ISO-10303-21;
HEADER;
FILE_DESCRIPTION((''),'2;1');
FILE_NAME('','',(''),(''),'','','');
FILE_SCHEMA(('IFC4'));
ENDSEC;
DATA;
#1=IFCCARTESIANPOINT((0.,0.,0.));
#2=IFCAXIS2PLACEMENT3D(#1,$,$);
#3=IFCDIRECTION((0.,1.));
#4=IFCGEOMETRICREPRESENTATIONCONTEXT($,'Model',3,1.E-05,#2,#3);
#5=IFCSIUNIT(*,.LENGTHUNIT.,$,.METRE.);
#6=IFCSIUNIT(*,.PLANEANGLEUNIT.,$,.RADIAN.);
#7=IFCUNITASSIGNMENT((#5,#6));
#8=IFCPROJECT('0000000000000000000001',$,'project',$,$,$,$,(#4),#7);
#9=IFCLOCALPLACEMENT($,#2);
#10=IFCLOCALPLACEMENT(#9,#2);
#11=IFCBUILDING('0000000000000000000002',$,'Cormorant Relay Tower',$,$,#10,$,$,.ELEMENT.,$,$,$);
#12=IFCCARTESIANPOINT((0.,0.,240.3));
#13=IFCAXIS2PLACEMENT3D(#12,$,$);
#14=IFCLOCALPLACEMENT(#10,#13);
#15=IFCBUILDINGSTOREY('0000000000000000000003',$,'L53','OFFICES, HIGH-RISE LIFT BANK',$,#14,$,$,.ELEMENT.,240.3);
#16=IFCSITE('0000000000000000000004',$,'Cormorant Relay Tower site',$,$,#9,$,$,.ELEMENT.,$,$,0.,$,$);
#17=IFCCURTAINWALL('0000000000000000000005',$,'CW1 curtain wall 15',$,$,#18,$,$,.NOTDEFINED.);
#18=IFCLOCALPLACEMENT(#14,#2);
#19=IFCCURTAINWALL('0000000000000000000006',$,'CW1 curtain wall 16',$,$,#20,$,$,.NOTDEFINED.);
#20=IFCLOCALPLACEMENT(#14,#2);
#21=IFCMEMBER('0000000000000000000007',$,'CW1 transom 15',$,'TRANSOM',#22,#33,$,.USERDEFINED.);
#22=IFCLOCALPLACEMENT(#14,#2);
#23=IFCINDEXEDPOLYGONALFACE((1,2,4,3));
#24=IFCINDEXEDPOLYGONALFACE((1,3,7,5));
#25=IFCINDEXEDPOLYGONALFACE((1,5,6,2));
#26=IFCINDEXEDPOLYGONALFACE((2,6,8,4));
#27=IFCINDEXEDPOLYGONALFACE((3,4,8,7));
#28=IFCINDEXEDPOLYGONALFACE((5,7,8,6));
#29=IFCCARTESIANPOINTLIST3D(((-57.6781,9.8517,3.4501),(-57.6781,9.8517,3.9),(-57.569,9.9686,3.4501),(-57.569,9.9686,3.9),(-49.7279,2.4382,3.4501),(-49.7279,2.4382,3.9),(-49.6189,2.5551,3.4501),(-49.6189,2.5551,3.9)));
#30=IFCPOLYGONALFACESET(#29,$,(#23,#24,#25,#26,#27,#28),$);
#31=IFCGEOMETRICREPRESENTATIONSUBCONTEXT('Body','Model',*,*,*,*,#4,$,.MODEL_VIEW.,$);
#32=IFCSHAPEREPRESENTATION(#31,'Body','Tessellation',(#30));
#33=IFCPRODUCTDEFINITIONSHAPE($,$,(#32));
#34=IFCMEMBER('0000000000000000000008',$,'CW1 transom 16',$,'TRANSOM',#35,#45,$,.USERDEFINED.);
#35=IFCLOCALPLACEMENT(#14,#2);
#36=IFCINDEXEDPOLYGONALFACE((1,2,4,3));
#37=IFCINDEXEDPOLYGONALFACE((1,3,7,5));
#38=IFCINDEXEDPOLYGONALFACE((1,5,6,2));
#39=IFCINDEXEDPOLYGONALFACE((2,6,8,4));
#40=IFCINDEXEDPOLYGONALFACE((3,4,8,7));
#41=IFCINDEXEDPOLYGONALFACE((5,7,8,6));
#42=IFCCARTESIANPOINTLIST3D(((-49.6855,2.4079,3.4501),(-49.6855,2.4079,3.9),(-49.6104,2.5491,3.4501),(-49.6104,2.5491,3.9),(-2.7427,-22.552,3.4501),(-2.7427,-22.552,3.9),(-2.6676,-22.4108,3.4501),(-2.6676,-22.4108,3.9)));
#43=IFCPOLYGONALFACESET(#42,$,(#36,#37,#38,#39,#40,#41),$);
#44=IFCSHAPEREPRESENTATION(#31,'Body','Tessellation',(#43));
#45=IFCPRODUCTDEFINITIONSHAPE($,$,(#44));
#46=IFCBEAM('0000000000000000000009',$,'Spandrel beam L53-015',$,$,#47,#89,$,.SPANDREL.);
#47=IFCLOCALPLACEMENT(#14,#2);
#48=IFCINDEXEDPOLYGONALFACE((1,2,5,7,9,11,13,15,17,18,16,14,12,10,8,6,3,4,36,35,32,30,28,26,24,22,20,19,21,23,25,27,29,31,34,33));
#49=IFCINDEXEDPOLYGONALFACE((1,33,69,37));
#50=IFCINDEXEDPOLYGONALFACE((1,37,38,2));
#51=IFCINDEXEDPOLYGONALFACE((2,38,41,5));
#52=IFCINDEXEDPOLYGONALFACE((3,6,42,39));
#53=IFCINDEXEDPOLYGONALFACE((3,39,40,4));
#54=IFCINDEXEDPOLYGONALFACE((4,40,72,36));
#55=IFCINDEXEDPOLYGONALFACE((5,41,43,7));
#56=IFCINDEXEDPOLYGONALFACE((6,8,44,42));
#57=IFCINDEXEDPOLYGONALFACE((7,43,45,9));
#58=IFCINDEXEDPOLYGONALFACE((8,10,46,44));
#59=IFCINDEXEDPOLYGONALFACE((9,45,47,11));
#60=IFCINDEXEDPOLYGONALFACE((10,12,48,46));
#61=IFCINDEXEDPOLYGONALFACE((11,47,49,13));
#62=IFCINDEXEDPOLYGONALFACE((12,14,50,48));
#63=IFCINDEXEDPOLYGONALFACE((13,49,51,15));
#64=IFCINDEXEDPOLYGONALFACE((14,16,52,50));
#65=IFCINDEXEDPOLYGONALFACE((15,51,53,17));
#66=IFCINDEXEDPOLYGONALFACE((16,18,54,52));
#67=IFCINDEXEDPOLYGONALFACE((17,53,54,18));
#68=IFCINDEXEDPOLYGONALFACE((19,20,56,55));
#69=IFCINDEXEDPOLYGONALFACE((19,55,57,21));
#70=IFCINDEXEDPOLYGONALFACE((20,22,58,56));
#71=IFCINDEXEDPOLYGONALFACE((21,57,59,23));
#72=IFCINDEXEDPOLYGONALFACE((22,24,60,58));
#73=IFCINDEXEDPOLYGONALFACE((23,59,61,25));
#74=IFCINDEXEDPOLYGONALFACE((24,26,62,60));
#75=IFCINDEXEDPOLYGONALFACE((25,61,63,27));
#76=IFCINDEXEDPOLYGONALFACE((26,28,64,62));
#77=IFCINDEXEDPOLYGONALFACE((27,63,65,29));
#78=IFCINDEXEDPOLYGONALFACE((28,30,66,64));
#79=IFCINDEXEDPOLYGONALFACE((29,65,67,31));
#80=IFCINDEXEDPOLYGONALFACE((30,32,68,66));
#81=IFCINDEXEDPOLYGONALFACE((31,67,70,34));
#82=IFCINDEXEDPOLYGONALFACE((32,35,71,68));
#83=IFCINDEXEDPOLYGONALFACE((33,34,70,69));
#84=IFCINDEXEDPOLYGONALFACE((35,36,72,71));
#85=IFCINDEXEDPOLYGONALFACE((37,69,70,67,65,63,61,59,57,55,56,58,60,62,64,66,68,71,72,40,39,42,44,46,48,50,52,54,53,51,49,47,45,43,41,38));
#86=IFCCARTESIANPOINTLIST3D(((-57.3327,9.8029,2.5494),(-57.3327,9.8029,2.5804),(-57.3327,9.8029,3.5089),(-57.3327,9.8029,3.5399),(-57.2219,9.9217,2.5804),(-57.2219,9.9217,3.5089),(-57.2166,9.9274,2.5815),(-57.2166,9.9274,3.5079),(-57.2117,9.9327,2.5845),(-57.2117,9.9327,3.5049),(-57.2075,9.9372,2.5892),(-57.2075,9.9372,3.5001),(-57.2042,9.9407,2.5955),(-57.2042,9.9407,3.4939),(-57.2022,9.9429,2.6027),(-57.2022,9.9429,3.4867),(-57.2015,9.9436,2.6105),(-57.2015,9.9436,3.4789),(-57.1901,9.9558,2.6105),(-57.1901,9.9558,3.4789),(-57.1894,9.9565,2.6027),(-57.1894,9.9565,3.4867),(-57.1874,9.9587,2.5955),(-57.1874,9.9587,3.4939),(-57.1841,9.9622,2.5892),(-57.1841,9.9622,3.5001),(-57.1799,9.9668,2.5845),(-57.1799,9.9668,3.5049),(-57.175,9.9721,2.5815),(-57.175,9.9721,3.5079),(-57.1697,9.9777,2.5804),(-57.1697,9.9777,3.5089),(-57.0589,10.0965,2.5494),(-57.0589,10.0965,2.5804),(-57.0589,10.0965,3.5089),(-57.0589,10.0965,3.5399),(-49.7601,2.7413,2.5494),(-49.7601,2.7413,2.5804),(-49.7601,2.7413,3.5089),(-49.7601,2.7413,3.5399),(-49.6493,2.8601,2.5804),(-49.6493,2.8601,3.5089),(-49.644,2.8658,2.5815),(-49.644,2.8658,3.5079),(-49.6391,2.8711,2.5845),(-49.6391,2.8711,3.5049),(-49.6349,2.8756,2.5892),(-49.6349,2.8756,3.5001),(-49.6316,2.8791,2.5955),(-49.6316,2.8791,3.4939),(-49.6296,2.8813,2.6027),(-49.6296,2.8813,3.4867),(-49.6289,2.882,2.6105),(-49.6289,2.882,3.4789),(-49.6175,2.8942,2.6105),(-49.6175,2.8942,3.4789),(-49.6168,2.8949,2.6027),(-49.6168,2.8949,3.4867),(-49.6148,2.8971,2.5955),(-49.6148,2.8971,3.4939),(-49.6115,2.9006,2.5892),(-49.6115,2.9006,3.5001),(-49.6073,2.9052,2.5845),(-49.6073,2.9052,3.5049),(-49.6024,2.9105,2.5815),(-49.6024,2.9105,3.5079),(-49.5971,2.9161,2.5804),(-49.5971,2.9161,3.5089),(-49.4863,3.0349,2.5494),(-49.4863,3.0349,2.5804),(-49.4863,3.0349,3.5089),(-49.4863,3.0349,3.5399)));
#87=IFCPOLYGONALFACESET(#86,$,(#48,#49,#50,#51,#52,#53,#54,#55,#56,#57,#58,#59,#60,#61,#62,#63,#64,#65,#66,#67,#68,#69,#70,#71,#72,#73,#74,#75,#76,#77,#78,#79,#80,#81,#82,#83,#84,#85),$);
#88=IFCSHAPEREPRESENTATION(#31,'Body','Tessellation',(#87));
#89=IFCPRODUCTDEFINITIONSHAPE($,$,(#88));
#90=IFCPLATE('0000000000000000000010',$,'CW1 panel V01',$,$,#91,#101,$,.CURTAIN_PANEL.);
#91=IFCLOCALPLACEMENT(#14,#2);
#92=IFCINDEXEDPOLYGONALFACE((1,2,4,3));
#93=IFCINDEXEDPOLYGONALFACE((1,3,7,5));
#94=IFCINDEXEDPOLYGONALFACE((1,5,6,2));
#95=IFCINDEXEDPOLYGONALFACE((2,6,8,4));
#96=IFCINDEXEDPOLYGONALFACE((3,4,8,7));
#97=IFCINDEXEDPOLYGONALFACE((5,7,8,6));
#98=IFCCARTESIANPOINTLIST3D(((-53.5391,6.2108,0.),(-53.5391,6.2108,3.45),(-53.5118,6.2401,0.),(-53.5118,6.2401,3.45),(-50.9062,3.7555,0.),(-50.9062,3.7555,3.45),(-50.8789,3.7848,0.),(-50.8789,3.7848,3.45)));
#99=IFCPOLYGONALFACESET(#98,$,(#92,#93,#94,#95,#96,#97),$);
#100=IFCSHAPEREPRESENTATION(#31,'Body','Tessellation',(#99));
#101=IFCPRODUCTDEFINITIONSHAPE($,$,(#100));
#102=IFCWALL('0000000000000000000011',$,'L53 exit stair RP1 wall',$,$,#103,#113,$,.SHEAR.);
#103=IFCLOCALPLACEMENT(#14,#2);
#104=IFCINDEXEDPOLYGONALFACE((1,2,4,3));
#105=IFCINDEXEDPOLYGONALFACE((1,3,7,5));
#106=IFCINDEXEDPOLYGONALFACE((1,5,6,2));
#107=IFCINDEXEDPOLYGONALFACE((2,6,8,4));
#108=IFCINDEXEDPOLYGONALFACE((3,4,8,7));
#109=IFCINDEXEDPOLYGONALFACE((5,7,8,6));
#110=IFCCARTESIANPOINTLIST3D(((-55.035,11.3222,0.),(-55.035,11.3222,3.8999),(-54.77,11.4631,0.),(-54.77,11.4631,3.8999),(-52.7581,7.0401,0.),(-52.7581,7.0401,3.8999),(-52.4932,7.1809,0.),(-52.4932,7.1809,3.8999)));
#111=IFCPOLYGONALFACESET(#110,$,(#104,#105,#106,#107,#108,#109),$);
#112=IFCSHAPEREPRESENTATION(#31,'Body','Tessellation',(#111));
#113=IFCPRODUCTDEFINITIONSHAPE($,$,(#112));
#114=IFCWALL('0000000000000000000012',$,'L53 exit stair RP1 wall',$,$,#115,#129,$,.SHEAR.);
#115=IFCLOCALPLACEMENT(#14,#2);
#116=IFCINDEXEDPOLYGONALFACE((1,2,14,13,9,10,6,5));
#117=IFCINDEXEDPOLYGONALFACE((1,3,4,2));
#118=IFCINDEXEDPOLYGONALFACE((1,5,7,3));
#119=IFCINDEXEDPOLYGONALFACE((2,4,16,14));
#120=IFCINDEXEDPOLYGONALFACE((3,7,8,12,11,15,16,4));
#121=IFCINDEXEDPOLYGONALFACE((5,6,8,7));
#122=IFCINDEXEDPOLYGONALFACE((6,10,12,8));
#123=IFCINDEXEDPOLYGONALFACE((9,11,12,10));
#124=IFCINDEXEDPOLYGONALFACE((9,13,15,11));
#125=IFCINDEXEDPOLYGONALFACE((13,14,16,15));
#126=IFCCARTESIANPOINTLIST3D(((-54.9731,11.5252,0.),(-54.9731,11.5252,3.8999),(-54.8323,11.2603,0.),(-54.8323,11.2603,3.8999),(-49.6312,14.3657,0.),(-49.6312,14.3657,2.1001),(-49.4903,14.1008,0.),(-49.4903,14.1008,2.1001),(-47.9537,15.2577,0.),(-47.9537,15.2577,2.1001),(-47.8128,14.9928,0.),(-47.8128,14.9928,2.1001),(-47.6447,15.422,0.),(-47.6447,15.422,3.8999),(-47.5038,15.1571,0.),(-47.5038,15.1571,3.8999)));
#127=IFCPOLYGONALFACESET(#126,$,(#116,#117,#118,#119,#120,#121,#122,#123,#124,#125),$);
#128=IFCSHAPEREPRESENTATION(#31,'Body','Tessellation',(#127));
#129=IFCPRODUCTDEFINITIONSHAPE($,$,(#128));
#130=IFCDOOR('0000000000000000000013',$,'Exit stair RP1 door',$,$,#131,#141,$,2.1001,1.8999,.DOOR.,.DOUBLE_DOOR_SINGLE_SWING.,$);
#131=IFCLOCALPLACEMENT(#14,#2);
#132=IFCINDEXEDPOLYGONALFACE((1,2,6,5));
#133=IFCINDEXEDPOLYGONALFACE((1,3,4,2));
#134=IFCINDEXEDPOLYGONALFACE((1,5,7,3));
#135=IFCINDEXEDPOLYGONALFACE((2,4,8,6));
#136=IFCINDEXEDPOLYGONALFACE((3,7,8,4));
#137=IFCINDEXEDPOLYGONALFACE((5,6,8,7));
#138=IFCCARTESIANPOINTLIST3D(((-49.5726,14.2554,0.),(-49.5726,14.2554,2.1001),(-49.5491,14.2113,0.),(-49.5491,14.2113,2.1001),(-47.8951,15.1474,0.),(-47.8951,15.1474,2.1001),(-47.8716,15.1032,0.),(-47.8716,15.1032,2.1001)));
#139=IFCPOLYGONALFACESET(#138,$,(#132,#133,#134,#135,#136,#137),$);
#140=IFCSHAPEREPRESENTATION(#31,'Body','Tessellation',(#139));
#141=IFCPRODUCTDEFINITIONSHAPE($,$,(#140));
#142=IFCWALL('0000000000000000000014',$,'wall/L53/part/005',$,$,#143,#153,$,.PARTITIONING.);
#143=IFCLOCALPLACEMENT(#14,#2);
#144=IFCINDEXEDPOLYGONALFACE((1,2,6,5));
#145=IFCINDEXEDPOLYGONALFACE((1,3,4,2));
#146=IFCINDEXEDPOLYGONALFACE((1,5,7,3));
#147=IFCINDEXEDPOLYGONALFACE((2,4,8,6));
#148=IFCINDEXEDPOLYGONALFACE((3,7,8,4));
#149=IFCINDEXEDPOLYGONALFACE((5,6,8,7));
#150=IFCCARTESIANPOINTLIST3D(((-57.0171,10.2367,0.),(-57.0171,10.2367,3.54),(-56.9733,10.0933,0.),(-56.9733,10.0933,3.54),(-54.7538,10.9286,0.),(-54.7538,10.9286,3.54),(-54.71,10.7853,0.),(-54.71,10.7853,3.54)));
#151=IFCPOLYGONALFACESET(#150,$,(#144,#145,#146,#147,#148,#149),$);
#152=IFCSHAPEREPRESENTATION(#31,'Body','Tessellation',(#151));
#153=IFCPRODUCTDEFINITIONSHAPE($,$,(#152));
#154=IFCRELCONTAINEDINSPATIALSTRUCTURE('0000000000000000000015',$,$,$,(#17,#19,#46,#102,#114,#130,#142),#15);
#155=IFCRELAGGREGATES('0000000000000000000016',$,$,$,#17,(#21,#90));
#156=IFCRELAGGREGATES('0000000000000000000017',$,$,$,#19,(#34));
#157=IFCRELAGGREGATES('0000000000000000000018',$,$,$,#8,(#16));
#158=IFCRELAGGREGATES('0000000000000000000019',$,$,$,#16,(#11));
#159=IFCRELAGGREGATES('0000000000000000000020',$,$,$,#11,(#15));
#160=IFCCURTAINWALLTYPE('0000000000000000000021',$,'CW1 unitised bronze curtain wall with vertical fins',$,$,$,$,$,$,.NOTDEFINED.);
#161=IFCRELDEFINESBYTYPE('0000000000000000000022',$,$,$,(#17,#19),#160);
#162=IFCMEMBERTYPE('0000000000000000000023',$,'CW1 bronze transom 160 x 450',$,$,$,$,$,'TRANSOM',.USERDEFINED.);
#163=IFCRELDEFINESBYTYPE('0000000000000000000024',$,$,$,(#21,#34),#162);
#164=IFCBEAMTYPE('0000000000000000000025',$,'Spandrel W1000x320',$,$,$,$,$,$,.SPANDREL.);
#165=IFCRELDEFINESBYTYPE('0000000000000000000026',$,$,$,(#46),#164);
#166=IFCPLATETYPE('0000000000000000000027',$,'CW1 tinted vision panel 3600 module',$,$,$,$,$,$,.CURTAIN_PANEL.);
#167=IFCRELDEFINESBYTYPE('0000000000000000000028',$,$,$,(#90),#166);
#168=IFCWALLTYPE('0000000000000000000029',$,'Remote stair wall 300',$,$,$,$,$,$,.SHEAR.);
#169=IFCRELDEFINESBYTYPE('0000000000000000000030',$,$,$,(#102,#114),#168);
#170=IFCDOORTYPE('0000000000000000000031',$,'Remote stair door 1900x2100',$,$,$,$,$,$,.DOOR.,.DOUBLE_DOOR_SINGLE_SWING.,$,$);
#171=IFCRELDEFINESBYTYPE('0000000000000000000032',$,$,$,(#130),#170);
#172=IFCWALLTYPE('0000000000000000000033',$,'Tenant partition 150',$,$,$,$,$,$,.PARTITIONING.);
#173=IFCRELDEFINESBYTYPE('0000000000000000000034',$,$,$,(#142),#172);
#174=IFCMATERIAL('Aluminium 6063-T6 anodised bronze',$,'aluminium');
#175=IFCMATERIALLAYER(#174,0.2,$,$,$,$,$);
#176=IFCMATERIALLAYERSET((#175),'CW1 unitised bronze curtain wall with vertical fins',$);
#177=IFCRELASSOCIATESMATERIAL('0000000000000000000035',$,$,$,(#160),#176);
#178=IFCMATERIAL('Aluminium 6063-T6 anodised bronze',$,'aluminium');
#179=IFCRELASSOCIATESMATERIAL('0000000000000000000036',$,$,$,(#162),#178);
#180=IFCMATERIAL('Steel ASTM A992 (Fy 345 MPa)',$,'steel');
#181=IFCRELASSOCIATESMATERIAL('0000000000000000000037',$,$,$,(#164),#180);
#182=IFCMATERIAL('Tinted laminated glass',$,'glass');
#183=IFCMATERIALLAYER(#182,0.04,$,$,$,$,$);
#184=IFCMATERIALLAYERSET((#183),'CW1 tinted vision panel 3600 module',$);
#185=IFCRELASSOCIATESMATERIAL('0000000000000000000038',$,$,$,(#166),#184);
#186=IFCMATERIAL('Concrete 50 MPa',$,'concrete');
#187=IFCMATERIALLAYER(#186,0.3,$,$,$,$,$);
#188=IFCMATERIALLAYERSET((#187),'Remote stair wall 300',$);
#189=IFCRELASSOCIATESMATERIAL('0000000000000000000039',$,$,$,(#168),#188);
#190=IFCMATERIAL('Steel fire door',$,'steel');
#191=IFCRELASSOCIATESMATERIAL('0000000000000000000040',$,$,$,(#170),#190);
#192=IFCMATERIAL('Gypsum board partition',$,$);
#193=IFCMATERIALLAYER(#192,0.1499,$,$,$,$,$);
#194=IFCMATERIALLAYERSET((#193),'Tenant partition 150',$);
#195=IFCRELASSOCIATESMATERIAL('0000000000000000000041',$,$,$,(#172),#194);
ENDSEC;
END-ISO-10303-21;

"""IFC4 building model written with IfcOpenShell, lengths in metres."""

from ifc_helpers import new_model, si_unit, direction, frame, frame_2d, origin, origin_2d, place, context, subcontext, project, spatial, rectangle, i_section, extrude, material, layer, layer_set, material_profile, profile_set, type_object, element, fill, aggregate, save


model = new_model("IFC4")

# Units and contexts
model_context = context("Model", 3, precision=1e-05, world=origin(), true_north=direction((0.0, 1.0)))
body_context = subcontext(model_context, "Body", "Model", "MODEL_VIEW")
ifc_project = project(units=[si_unit("LENGTHUNIT", "METRE"), si_unit("PLANEANGLEUNIT", "RADIAN")], contexts=[model_context])

# Site, building, storey
site_placement = place(None, origin())
site = spatial("IfcSite", under=ifc_project, at=site_placement, Name="Cormorant Relay Tower site", CompositionType="ELEMENT", RefElevation=0.0)
building_placement = place(site_placement, origin())
building = spatial("IfcBuilding", under=site, at=building_placement, Name="Cormorant Relay Tower", CompositionType="ELEMENT")
storey_placement = place(building_placement, frame((0.0, 0.0, 240.3)))
storey = spatial("IfcBuildingStorey", under=building, at=storey_placement, Name="L53", Description="OFFICES, HIGH-RISE LIFT BANK", CompositionType="ELEMENT", Elevation=240.3)

# Curtain wall
ifc_material_1 = material(Name="Aluminium 6063-T6 anodised bronze", Category="aluminium")
ifc_layer_1 = layer(ifc_material_1, 0.2)
ifc_layer_set_1 = layer_set([ifc_layer_1], Name="CW1 unitised bronze curtain wall with vertical fins")
curtain_wall_type = type_object("IfcCurtainWallType", Name="CW1 unitised bronze curtain wall with vertical fins", PredefinedType="NOTDEFINED", material=ifc_layer_set_1)
curtain_wall_1_placement = place(storey_placement, origin())
curtain_wall_1 = element("IfcCurtainWall", 1, at=curtain_wall_1_placement, inside=storey, type_object=curtain_wall_type, Name="CW1 curtain wall 15", PredefinedType="NOTDEFINED")

# Curtain wall
curtain_wall_2_placement = place(storey_placement, origin())
curtain_wall_2 = element("IfcCurtainWall", 2, at=curtain_wall_2_placement, inside=storey, type_object=curtain_wall_type, Name="CW1 curtain wall 16", PredefinedType="NOTDEFINED")

# Members
ifc_material_2 = material(Name="Aluminium 6063-T6 anodised bronze", Category="aluminium")
ifc_material_profile_1 = material_profile(ifc_material_2, rectangle(XDim=0.1599, YDim=0.45, at=origin_2d()), Name="AL 160x450")
ifc_profile_set_1 = profile_set([ifc_material_profile_1], Name="Aluminium 6063-T6 anodised bronze")
member_type_1 = type_object("IfcMemberType", Name="CW1 bronze transom 160 x 450", ElementType="TRANSOM", PredefinedType="USERDEFINED", material=ifc_profile_set_1)
member_1_placement = place(storey_placement, frame((-57.6235, 9.9102, 3.675), z_axis=(0.731358, -0.681993, 0.0), x_axis=(0.681993, 0.731358, 0.0)))
member_1 = element("IfcMember", 3, at=member_1_placement, type_object=member_type_1, Name="CW1 transom 15", ObjectType="TRANSOM", PredefinedType="USERDEFINED", context=body_context, shape_type="SweptSolid", body=[
    extrude(rectangle(XDim=0.1599, YDim=0.45, at=origin_2d()), origin(), (0.0, 0.0, 1.0), 10.8704),
])
member_2_placement = place(storey_placement, frame((-49.6479, 2.4785, 3.675), z_axis=(0.882948, -0.469471, 0.0), x_axis=(0.469471, 0.882948, 0.0)))
member_2 = element("IfcMember", 4, at=member_2_placement, type_object=member_type_1, Name="CW1 transom 16", ObjectType="TRANSOM", PredefinedType="USERDEFINED", context=body_context, shape_type="SweptSolid", body=[
    extrude(rectangle(XDim=0.1599, YDim=0.45, at=origin_2d()), origin(), (0.0, 0.0, 1.0), 53.166),
])

# Beam
ifc_material_3 = material(Name="Steel ASTM A992 (Fy 345 MPa)", Category="steel")
ifc_material_profile_2 = material_profile(ifc_material_3, i_section(OverallWidth=0.4014, OverallDepth=0.9905, WebThickness=0.0166, FlangeThickness=0.031, FilletRadius=0.03, at=origin_2d()), Name="W1000x320")
ifc_profile_set_2 = profile_set([ifc_material_profile_2], Name="Steel ASTM A992 (Fy 345 MPa)")
beam_type = type_object("IfcBeamType", Name="Spandrel W1000x320", PredefinedType="SPANDREL", material=ifc_profile_set_2)
beam_placement = place(storey_placement, frame((-57.1958, 9.9497, 3.0447), z_axis=(0.731352, -0.682001, 0.0), x_axis=(0.682001, 0.731352, 0.0)))
element("IfcBeam", 5, at=beam_placement, inside=storey, type_object=beam_type, Name="Spandrel beam L53-015", PredefinedType="SPANDREL", context=body_context, shape_type="SweptSolid", body=[
    extrude(i_section(OverallWidth=0.4014, OverallDepth=0.9905, WebThickness=0.0166, FlangeThickness=0.031, FilletRadius=0.03, at=origin_2d()), origin(), (0.0, 0.0, 1.0), 10.3542),
])

# Plate
ifc_material_4 = material(Name="Tinted laminated glass", Category="glass")
ifc_layer_2 = layer(ifc_material_4, 0.04)
ifc_layer_set_2 = layer_set([ifc_layer_2], Name="CW1 tinted vision panel 3600 module")
plate_type = type_object("IfcPlateType", Name="CW1 tinted vision panel 3600 module", PredefinedType="CURTAIN_PANEL", material=ifc_layer_set_2)
plate_placement = place(storey_placement, frame((-52.209, 4.9978, 0.0), z_axis=(0.0, 0.0, 1.0), x_axis=(0.731354, -0.681998, 0.0)))
plate = element("IfcPlate", 6, at=plate_placement, type_object=plate_type, Name="CW1 panel V01", PredefinedType="CURTAIN_PANEL", context=body_context, shape_type="SweptSolid", body=[
    extrude(rectangle(XDim=3.6001, YDim=0.04, at=origin_2d()), origin(), (0.0, 0.0, 1.0), 3.45),
])

# Wall
ifc_material_5 = material(Name="Concrete 50 MPa", Category="concrete")
ifc_layer_3 = layer(ifc_material_5, 0.3)
ifc_layer_set_3 = layer_set([ifc_layer_3], Name="Remote stair wall 300")
wall_type_1 = type_object("IfcWallType", Name="Remote stair wall 300", PredefinedType="SHEAR", material=ifc_layer_set_3)
wall_1_placement = place(storey_placement, frame((-52.6257, 7.1106, 0.0), z_axis=(0.0, 0.0, 1.0), x_axis=(-0.469464, 0.882951, 0.0)))
element("IfcWall", 7, at=wall_1_placement, inside=storey, type_object=wall_type_1, Name="L53 exit stair RP1 wall", PredefinedType="SHEAR", context=body_context, shape_type="SweptSolid", body=[
    extrude(rectangle(XDim=4.8499, YDim=0.3, at=frame_2d((2.4248, 0.0))), origin(), (0.0, 0.0, 1.0), 3.8999),
])

# Wall, opening, door
wall_2_placement = place(storey_placement, frame((-54.9026, 11.3928, 0.0), z_axis=(0.0, 0.0, 1.0), x_axis=(0.882939, 0.469487, 0.0)))
wall_2 = element("IfcWall", 8, at=wall_2_placement, inside=storey, type_object=wall_type_1, Name="L53 exit stair RP1 wall", PredefinedType="SHEAR", context=body_context, shape_type="SweptSolid", body=[
    extrude(rectangle(XDim=8.3, YDim=0.3, at=frame_2d((4.1499, 0.0))), origin(), (0.0, 0.0, 1.0), 3.8999),
])
opening_placement = place(wall_2_placement, frame((6.05, 0.0, 0.0)))
opening = element("IfcOpeningElement", 9, at=opening_placement, cuts=wall_2, PredefinedType="OPENING", context=body_context, shape_type="SweptSolid", body=[
    extrude(rectangle(XDim=1.8999, YDim=2.1001, at=frame_2d((0.95, 1.05))), frame((0.0, 0.1599, 0.0), z_axis=(0.0, -1.0, 0.0), x_axis=(1.0, 0.0, 0.0)), (0.0, 0.0, 1.0), 0.3201),
])
ifc_material_6 = material(Name="Steel fire door", Category="steel")
door_type = type_object("IfcDoorType", Name="Remote stair door 1900x2100", OperationType="DOUBLE_DOOR_SINGLE_SWING", PredefinedType="DOOR", material=ifc_material_6)
door_placement = place(opening_placement, frame((1.8999, 0.0, 0.0), z_axis=(0.0, 0.0, 1.0), x_axis=(-1.0, 0.0, 0.0)))
door = element("IfcDoor", 10, at=door_placement, inside=storey, type_object=door_type, Name="Exit stair RP1 door", OperationType="DOUBLE_DOOR_SINGLE_SWING", OverallHeight=2.1001, OverallWidth=1.8999, PredefinedType="DOOR", context=body_context, shape_type="SweptSolid", body=[
    extrude(rectangle(XDim=1.8999, YDim=2.1001, at=frame_2d((0.95, 1.05))), frame((0.0, 0.0249, 0.0), z_axis=(0.0, -1.0, 0.0), x_axis=(1.0, 0.0, 0.0)), (0.0, 0.0, 1.0), 0.05),
])
fill(opening, door)

# Wall
ifc_material_7 = material(Name="Gypsum board partition")
ifc_layer_4 = layer(ifc_material_7, 0.1499)
ifc_layer_set_4 = layer_set([ifc_layer_4], Name="Tenant partition 150")
wall_type_2 = type_object("IfcWallType", Name="Tenant partition 150", PredefinedType="PARTITIONING", material=ifc_layer_set_4)
wall_3_placement = place(storey_placement, frame((-54.7319, 10.8569, 0.0), z_axis=(0.0, 0.0, 1.0), x_axis=(-0.956308, -0.29236, 0.0)))
element("IfcWall", 11, at=wall_3_placement, inside=storey, type_object=wall_type_2, Name="wall/L53/part/005", PredefinedType="PARTITIONING", context=body_context, shape_type="SweptSolid", body=[
    extrude(rectangle(XDim=2.3667, YDim=0.1499, at=frame_2d((1.1833, 0.0))), origin(), (0.0, 0.0, 1.0), 3.54),
])

aggregate(curtain_wall_1, [member_1, plate])
aggregate(curtain_wall_2, [member_2])

save(model, "model.ifc")
